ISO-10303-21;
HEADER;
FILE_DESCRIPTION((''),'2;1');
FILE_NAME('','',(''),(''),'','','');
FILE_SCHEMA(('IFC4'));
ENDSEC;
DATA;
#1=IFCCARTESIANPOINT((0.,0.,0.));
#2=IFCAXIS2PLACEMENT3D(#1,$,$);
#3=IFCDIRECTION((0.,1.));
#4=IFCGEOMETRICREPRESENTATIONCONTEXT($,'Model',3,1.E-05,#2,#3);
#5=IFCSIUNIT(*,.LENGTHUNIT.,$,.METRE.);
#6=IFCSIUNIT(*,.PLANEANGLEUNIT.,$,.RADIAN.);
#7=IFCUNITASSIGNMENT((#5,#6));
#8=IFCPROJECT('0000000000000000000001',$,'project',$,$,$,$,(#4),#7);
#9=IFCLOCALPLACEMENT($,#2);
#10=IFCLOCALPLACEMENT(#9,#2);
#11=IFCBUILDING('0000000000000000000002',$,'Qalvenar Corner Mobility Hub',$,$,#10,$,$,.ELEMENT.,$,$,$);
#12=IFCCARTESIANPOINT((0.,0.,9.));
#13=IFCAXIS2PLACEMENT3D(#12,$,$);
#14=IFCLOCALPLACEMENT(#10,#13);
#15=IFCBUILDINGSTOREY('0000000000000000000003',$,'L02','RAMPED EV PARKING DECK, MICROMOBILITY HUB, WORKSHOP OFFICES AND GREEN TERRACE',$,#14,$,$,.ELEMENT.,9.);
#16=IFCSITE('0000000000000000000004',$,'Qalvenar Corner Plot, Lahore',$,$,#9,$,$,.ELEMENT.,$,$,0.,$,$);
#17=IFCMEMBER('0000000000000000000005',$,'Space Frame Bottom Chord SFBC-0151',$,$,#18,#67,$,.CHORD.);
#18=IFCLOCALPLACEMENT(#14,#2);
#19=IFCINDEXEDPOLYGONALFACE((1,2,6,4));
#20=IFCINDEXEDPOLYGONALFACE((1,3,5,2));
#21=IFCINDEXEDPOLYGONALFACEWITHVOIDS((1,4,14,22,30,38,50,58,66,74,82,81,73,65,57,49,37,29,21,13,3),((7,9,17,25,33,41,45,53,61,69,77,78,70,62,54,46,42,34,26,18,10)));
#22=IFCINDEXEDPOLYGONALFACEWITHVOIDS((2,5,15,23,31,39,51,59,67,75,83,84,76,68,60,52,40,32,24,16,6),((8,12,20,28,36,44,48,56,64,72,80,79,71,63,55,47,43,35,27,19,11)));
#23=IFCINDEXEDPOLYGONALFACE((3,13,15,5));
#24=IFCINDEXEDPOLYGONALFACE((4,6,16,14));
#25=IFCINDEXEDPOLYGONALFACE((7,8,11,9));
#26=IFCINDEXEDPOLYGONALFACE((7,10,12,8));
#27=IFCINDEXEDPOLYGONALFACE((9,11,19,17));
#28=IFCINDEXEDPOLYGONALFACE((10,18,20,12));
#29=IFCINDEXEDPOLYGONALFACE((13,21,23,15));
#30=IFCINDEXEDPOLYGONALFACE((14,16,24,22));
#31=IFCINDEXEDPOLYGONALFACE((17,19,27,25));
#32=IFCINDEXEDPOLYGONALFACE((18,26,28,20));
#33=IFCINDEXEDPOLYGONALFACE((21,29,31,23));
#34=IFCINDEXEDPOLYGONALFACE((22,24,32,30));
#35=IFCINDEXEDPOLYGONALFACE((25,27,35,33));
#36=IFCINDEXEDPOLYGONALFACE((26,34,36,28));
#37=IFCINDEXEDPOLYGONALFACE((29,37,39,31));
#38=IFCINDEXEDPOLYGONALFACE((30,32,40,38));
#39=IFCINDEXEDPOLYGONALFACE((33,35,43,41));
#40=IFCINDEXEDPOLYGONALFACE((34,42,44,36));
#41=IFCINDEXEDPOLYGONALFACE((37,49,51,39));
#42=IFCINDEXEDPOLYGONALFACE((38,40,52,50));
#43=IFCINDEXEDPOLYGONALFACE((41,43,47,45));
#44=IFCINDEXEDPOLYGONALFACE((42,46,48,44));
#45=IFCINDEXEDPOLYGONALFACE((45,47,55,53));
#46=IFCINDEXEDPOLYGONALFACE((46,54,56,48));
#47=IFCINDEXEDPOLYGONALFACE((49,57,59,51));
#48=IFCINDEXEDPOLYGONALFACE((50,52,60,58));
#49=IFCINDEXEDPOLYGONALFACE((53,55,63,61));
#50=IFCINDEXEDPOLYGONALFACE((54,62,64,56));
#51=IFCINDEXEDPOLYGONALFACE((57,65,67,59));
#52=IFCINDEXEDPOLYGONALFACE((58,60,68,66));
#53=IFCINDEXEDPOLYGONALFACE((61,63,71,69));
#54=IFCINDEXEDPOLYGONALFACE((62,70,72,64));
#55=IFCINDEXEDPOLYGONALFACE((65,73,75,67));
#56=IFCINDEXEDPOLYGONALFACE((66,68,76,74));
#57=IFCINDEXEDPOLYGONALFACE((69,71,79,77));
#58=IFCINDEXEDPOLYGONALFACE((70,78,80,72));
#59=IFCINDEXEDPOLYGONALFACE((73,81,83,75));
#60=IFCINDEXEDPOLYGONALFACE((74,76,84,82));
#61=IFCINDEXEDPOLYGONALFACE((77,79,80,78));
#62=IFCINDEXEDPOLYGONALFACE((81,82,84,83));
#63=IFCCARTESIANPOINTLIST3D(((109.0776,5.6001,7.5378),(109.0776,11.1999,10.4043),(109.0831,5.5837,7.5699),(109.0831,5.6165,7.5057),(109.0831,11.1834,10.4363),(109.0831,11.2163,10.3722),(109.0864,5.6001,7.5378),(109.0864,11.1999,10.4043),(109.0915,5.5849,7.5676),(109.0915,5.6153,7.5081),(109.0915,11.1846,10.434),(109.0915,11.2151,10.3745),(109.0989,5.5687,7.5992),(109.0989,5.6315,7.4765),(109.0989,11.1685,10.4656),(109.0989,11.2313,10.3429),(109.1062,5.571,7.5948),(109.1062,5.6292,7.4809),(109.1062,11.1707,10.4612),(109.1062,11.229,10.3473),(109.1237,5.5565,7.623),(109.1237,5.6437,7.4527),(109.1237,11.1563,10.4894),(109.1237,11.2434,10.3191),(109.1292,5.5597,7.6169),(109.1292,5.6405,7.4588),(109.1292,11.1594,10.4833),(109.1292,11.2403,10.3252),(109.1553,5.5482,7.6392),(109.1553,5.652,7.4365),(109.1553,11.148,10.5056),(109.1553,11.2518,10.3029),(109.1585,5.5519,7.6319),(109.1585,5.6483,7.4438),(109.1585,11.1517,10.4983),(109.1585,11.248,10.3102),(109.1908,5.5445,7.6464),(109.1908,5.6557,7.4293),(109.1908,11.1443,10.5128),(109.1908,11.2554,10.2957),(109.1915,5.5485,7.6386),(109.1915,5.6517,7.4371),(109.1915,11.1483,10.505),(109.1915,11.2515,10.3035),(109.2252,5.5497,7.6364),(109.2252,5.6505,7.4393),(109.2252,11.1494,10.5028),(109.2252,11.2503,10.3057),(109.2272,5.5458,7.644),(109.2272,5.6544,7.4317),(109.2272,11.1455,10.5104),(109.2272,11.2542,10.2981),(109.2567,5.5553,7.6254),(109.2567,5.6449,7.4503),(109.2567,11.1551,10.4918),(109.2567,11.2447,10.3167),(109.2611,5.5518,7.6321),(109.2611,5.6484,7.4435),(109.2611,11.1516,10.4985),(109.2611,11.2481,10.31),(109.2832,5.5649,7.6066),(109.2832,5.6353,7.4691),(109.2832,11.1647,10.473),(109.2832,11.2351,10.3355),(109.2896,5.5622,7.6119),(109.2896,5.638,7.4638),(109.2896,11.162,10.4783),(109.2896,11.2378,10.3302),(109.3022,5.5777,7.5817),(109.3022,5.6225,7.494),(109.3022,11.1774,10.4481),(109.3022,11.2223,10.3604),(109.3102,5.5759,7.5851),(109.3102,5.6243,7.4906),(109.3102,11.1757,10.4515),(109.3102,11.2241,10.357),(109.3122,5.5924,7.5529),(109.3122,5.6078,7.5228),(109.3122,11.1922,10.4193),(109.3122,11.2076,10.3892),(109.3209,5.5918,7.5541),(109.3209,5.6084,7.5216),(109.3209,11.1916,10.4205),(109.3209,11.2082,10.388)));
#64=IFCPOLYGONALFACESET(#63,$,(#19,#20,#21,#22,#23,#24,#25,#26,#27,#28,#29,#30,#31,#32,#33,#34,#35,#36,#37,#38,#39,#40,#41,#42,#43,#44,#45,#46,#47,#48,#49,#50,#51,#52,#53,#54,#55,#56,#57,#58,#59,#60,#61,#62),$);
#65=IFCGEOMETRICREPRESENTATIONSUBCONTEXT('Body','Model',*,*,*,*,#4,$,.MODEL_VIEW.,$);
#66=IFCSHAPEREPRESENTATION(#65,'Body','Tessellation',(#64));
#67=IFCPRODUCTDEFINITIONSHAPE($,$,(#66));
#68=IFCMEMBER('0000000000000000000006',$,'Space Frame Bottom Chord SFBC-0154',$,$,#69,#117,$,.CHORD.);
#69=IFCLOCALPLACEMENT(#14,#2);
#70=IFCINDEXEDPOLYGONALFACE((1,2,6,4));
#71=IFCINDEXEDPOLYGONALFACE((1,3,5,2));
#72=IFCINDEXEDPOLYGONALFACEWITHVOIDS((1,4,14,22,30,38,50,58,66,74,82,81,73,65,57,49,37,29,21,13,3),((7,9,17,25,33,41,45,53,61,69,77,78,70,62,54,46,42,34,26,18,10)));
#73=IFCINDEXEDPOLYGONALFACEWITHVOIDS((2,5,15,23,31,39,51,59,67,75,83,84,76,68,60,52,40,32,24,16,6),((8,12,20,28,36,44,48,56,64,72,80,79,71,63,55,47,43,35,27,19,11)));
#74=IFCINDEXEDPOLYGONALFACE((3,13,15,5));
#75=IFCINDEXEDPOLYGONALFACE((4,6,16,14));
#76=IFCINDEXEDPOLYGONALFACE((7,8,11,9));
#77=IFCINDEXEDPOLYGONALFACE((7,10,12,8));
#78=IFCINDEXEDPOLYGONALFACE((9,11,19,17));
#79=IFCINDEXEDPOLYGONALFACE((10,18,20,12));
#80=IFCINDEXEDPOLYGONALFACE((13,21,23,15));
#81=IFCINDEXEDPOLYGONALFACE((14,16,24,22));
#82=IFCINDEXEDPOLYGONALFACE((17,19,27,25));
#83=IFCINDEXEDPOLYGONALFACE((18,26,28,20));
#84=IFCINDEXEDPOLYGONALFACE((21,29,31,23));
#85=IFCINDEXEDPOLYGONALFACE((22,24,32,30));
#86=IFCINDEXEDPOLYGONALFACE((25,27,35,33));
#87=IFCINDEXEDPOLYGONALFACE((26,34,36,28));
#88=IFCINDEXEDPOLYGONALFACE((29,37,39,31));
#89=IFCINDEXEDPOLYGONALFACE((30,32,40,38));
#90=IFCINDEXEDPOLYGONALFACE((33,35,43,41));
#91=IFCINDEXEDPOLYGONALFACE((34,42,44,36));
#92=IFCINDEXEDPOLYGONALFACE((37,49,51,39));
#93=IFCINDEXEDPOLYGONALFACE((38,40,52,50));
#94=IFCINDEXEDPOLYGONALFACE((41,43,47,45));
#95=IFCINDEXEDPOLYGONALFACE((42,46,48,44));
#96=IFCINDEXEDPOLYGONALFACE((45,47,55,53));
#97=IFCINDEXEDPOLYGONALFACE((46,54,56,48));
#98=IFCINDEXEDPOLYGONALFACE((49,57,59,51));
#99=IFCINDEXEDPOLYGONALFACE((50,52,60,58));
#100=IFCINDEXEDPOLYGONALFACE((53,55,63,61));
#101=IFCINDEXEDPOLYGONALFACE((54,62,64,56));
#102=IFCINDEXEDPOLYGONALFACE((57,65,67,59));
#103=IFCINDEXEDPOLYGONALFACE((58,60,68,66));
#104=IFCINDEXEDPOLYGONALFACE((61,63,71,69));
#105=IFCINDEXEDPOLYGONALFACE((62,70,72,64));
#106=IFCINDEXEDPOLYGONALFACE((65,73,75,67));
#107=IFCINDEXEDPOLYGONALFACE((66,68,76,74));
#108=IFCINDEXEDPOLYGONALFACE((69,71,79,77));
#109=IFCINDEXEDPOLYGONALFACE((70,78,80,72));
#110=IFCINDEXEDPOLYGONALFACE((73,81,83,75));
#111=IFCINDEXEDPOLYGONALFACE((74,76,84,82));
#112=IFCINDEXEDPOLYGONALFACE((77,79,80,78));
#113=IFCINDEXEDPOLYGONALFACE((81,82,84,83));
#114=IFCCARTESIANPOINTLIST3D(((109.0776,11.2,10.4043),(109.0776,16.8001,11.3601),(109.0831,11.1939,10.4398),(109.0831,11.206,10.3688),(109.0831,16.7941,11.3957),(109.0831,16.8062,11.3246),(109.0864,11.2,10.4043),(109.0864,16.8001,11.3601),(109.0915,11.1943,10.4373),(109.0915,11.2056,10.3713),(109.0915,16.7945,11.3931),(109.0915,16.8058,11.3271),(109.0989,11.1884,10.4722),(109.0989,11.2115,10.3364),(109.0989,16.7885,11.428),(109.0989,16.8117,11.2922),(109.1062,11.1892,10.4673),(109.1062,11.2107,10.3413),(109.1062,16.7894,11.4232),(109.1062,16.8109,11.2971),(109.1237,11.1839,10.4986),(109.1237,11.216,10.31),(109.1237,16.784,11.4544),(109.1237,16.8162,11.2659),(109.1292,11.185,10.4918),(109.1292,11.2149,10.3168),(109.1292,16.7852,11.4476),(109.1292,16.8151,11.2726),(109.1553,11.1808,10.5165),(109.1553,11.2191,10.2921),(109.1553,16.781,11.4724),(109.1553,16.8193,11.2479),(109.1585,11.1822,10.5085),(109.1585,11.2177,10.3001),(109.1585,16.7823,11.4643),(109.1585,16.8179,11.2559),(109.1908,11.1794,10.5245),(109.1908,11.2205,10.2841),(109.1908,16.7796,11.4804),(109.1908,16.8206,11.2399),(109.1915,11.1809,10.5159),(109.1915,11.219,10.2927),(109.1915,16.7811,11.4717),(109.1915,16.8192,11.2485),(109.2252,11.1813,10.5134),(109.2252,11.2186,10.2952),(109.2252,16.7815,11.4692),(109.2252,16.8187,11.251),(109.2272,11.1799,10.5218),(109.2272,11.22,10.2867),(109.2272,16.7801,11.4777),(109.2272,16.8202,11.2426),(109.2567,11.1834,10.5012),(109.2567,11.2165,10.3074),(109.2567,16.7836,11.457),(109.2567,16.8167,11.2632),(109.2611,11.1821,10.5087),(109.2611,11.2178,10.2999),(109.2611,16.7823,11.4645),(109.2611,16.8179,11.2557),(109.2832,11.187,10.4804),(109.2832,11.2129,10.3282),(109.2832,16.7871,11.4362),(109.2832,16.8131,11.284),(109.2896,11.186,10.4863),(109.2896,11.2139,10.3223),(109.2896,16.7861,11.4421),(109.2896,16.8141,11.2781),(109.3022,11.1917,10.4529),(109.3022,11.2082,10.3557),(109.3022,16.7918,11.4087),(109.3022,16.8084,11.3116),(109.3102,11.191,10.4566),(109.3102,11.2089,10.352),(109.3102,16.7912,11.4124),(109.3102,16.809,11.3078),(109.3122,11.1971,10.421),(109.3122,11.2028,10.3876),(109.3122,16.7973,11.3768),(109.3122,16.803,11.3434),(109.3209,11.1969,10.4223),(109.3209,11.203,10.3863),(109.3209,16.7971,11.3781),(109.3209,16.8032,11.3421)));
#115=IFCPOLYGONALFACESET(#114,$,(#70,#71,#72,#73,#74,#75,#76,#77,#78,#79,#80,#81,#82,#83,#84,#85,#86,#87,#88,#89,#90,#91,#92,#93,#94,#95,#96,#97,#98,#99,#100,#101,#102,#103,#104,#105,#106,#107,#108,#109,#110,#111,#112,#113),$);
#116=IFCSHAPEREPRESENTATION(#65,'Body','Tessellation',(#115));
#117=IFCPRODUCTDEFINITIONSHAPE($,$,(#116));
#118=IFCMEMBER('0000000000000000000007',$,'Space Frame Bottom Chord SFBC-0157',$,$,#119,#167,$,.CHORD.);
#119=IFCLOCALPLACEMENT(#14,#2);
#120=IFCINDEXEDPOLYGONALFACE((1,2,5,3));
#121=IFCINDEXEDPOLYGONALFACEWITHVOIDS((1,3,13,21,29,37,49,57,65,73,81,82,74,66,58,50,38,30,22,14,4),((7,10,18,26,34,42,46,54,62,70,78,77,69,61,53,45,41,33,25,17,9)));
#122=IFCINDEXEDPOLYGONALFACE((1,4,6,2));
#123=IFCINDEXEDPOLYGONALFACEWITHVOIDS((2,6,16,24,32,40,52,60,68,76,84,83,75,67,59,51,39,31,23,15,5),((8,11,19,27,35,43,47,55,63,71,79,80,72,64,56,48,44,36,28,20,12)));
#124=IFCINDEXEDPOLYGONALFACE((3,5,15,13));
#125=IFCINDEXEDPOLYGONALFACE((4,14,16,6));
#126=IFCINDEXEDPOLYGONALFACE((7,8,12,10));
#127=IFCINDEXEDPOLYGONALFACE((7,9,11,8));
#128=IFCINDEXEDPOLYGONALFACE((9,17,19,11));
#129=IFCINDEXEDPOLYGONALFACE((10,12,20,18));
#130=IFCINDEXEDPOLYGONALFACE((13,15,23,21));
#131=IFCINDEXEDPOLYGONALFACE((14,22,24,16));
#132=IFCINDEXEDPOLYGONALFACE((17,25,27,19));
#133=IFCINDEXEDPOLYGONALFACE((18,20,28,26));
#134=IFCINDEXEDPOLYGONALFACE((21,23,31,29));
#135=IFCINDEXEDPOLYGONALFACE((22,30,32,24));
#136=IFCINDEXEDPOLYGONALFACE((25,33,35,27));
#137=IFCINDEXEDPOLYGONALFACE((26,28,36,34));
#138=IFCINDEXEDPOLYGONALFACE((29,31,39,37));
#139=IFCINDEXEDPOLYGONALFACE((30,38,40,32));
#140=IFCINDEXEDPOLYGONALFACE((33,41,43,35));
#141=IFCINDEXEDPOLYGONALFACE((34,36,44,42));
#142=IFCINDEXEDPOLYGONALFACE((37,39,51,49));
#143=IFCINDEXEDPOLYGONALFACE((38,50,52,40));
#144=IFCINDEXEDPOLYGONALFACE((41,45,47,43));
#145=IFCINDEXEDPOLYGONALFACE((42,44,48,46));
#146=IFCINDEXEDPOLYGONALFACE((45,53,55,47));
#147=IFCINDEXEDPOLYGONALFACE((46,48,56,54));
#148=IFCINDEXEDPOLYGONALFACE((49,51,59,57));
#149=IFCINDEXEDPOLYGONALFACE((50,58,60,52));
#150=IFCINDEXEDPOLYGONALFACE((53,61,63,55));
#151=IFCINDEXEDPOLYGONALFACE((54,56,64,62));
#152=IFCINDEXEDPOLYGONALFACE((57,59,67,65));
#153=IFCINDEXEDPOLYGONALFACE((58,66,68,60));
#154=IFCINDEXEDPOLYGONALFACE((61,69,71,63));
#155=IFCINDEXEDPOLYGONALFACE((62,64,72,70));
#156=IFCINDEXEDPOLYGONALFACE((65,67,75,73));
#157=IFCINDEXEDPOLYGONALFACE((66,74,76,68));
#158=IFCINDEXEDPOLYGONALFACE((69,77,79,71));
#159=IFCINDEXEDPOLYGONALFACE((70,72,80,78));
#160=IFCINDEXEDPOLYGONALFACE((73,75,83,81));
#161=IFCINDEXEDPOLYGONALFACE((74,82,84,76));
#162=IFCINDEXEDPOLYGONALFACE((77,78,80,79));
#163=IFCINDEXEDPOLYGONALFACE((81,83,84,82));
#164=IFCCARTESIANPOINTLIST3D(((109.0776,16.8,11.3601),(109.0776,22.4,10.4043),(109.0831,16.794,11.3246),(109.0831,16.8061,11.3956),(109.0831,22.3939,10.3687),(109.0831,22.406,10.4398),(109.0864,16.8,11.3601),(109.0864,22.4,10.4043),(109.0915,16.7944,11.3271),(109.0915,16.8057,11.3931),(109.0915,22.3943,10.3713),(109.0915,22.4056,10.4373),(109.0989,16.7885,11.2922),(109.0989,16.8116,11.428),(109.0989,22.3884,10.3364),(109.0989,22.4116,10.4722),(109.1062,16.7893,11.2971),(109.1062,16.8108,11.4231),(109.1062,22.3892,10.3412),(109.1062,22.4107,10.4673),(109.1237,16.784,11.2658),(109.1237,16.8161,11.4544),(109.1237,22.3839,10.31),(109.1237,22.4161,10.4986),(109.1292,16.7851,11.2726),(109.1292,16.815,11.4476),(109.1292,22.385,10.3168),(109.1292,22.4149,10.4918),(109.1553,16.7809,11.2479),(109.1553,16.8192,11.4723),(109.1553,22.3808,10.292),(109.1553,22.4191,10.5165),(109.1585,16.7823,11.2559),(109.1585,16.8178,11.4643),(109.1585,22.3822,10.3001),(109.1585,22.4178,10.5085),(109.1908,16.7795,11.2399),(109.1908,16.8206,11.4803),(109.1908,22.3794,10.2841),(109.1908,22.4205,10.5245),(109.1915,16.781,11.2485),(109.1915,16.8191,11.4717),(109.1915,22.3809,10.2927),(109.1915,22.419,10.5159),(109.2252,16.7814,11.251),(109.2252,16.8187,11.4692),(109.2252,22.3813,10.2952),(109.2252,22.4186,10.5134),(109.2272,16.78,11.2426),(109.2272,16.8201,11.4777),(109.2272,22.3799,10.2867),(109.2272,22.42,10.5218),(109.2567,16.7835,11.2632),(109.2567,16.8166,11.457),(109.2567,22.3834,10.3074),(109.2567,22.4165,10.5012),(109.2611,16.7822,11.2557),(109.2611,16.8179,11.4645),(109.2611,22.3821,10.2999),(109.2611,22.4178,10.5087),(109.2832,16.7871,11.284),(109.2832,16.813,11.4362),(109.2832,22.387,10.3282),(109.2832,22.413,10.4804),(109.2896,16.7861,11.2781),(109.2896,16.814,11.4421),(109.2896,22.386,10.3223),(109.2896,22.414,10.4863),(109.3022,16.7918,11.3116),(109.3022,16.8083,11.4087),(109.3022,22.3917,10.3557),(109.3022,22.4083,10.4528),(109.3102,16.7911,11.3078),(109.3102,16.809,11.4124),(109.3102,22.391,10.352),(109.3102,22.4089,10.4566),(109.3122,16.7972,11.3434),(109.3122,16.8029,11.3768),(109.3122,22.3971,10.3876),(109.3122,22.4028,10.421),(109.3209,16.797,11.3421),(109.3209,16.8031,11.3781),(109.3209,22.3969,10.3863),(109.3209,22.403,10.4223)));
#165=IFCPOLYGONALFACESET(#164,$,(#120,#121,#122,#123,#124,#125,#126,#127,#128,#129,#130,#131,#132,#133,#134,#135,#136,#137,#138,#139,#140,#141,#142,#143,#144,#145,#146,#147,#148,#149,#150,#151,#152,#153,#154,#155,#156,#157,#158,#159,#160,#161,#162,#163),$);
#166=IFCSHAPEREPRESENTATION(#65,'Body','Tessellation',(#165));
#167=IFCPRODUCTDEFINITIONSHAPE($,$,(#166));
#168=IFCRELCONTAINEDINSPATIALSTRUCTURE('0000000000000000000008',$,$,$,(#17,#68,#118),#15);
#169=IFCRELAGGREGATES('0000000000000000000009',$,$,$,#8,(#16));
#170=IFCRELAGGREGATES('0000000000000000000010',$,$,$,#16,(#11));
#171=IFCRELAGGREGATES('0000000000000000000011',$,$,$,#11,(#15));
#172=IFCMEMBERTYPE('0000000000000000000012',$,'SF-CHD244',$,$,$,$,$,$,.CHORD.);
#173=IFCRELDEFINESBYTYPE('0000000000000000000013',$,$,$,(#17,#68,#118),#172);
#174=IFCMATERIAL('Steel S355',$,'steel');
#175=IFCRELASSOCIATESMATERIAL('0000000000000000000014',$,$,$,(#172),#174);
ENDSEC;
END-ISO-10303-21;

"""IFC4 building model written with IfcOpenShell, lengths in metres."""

from ifc_helpers import new_model, si_unit, direction, frame, origin, origin_2d, place, context, subcontext, project, spatial, hollow_circle, extrude, material, material_profile, profile_set, type_object, element, save


model = new_model("IFC4")

# Units and contexts
model_context = context("Model", 3, precision=1e-05, world=origin(), true_north=direction((0.0, 1.0)))
body_context = subcontext(model_context, "Body", "Model", "MODEL_VIEW")
ifc_project = project(units=[si_unit("LENGTHUNIT", "METRE"), si_unit("PLANEANGLEUNIT", "RADIAN")], contexts=[model_context])

# Site, building, storey
site_placement = place(None, origin())
site = spatial("IfcSite", under=ifc_project, at=site_placement, Name="Qalvenar Corner Plot, Lahore", CompositionType="ELEMENT", RefElevation=0.0)
building_placement = place(site_placement, origin())
building = spatial("IfcBuilding", under=site, at=building_placement, Name="Qalvenar Corner Mobility Hub", CompositionType="ELEMENT")
storey_placement = place(building_placement, frame((0.0, 0.0, 9.0)))
storey = spatial("IfcBuildingStorey", under=building, at=storey_placement, Name="L02", Description="RAMPED EV PARKING DECK, MICROMOBILITY HUB, WORKSHOP OFFICES AND GREEN TERRACE", CompositionType="ELEMENT", Elevation=9.0)

# Members
ifc_material_1 = material(Name="Steel S355", Category="steel")
ifc_material_profile_1 = material_profile(ifc_material_1, hollow_circle(Radius=0.1223, WallThickness=0.0088, at=origin_2d()), Name="CHS244.5x8.8")
ifc_profile_set_1 = profile_set([ifc_material_profile_1], Name="Steel S355")
member_type_1 = type_object("IfcMemberType", Name="SF-CHD244", PredefinedType="CHORD", material=ifc_profile_set_1)
member_1_placement = place(storey_placement, frame((109.2, 5.6001, 7.5378), z_axis=(0.0, 0.890157, 0.455654), x_axis=(-1.0, 0.0, 0.0)))
element("IfcMember", 1, at=member_1_placement, inside=storey, type_object=member_type_1, Name="Space Frame Bottom Chord SFBC-0151", PredefinedType="CHORD", context=body_context, shape_type="SweptSolid", body=[
    extrude(hollow_circle(Radius=0.1223, WallThickness=0.0088, at=origin_2d()), origin(), (0.0, 0.0, 1.0), 6.2908),
])
member_2_placement = place(storey_placement, frame((109.2, 11.2, 10.4043), z_axis=(0.0, 0.985745, 0.168245), x_axis=(-1.0, 0.0, 0.0)))
element("IfcMember", 2, at=member_2_placement, inside=storey, type_object=member_type_1, Name="Space Frame Bottom Chord SFBC-0154", PredefinedType="CHORD", context=body_context, shape_type="SweptSolid", body=[
    extrude(hollow_circle(Radius=0.1223, WallThickness=0.0088, at=origin_2d()), origin(), (0.0, 0.0, 1.0), 5.6812),
])
member_3_placement = place(storey_placement, frame((109.2, 16.8, 11.3601), z_axis=(0.0, 0.985744, -0.168252), x_axis=(-1.0, 0.0, 0.0)))
element("IfcMember", 3, at=member_3_placement, inside=storey, type_object=member_type_1, Name="Space Frame Bottom Chord SFBC-0157", PredefinedType="CHORD", context=body_context, shape_type="SweptSolid", body=[
    extrude(hollow_circle(Radius=0.1223, WallThickness=0.0088, at=origin_2d()), origin(), (0.0, 0.0, 1.0), 5.6809),
])

save(model, "model.ifc")
